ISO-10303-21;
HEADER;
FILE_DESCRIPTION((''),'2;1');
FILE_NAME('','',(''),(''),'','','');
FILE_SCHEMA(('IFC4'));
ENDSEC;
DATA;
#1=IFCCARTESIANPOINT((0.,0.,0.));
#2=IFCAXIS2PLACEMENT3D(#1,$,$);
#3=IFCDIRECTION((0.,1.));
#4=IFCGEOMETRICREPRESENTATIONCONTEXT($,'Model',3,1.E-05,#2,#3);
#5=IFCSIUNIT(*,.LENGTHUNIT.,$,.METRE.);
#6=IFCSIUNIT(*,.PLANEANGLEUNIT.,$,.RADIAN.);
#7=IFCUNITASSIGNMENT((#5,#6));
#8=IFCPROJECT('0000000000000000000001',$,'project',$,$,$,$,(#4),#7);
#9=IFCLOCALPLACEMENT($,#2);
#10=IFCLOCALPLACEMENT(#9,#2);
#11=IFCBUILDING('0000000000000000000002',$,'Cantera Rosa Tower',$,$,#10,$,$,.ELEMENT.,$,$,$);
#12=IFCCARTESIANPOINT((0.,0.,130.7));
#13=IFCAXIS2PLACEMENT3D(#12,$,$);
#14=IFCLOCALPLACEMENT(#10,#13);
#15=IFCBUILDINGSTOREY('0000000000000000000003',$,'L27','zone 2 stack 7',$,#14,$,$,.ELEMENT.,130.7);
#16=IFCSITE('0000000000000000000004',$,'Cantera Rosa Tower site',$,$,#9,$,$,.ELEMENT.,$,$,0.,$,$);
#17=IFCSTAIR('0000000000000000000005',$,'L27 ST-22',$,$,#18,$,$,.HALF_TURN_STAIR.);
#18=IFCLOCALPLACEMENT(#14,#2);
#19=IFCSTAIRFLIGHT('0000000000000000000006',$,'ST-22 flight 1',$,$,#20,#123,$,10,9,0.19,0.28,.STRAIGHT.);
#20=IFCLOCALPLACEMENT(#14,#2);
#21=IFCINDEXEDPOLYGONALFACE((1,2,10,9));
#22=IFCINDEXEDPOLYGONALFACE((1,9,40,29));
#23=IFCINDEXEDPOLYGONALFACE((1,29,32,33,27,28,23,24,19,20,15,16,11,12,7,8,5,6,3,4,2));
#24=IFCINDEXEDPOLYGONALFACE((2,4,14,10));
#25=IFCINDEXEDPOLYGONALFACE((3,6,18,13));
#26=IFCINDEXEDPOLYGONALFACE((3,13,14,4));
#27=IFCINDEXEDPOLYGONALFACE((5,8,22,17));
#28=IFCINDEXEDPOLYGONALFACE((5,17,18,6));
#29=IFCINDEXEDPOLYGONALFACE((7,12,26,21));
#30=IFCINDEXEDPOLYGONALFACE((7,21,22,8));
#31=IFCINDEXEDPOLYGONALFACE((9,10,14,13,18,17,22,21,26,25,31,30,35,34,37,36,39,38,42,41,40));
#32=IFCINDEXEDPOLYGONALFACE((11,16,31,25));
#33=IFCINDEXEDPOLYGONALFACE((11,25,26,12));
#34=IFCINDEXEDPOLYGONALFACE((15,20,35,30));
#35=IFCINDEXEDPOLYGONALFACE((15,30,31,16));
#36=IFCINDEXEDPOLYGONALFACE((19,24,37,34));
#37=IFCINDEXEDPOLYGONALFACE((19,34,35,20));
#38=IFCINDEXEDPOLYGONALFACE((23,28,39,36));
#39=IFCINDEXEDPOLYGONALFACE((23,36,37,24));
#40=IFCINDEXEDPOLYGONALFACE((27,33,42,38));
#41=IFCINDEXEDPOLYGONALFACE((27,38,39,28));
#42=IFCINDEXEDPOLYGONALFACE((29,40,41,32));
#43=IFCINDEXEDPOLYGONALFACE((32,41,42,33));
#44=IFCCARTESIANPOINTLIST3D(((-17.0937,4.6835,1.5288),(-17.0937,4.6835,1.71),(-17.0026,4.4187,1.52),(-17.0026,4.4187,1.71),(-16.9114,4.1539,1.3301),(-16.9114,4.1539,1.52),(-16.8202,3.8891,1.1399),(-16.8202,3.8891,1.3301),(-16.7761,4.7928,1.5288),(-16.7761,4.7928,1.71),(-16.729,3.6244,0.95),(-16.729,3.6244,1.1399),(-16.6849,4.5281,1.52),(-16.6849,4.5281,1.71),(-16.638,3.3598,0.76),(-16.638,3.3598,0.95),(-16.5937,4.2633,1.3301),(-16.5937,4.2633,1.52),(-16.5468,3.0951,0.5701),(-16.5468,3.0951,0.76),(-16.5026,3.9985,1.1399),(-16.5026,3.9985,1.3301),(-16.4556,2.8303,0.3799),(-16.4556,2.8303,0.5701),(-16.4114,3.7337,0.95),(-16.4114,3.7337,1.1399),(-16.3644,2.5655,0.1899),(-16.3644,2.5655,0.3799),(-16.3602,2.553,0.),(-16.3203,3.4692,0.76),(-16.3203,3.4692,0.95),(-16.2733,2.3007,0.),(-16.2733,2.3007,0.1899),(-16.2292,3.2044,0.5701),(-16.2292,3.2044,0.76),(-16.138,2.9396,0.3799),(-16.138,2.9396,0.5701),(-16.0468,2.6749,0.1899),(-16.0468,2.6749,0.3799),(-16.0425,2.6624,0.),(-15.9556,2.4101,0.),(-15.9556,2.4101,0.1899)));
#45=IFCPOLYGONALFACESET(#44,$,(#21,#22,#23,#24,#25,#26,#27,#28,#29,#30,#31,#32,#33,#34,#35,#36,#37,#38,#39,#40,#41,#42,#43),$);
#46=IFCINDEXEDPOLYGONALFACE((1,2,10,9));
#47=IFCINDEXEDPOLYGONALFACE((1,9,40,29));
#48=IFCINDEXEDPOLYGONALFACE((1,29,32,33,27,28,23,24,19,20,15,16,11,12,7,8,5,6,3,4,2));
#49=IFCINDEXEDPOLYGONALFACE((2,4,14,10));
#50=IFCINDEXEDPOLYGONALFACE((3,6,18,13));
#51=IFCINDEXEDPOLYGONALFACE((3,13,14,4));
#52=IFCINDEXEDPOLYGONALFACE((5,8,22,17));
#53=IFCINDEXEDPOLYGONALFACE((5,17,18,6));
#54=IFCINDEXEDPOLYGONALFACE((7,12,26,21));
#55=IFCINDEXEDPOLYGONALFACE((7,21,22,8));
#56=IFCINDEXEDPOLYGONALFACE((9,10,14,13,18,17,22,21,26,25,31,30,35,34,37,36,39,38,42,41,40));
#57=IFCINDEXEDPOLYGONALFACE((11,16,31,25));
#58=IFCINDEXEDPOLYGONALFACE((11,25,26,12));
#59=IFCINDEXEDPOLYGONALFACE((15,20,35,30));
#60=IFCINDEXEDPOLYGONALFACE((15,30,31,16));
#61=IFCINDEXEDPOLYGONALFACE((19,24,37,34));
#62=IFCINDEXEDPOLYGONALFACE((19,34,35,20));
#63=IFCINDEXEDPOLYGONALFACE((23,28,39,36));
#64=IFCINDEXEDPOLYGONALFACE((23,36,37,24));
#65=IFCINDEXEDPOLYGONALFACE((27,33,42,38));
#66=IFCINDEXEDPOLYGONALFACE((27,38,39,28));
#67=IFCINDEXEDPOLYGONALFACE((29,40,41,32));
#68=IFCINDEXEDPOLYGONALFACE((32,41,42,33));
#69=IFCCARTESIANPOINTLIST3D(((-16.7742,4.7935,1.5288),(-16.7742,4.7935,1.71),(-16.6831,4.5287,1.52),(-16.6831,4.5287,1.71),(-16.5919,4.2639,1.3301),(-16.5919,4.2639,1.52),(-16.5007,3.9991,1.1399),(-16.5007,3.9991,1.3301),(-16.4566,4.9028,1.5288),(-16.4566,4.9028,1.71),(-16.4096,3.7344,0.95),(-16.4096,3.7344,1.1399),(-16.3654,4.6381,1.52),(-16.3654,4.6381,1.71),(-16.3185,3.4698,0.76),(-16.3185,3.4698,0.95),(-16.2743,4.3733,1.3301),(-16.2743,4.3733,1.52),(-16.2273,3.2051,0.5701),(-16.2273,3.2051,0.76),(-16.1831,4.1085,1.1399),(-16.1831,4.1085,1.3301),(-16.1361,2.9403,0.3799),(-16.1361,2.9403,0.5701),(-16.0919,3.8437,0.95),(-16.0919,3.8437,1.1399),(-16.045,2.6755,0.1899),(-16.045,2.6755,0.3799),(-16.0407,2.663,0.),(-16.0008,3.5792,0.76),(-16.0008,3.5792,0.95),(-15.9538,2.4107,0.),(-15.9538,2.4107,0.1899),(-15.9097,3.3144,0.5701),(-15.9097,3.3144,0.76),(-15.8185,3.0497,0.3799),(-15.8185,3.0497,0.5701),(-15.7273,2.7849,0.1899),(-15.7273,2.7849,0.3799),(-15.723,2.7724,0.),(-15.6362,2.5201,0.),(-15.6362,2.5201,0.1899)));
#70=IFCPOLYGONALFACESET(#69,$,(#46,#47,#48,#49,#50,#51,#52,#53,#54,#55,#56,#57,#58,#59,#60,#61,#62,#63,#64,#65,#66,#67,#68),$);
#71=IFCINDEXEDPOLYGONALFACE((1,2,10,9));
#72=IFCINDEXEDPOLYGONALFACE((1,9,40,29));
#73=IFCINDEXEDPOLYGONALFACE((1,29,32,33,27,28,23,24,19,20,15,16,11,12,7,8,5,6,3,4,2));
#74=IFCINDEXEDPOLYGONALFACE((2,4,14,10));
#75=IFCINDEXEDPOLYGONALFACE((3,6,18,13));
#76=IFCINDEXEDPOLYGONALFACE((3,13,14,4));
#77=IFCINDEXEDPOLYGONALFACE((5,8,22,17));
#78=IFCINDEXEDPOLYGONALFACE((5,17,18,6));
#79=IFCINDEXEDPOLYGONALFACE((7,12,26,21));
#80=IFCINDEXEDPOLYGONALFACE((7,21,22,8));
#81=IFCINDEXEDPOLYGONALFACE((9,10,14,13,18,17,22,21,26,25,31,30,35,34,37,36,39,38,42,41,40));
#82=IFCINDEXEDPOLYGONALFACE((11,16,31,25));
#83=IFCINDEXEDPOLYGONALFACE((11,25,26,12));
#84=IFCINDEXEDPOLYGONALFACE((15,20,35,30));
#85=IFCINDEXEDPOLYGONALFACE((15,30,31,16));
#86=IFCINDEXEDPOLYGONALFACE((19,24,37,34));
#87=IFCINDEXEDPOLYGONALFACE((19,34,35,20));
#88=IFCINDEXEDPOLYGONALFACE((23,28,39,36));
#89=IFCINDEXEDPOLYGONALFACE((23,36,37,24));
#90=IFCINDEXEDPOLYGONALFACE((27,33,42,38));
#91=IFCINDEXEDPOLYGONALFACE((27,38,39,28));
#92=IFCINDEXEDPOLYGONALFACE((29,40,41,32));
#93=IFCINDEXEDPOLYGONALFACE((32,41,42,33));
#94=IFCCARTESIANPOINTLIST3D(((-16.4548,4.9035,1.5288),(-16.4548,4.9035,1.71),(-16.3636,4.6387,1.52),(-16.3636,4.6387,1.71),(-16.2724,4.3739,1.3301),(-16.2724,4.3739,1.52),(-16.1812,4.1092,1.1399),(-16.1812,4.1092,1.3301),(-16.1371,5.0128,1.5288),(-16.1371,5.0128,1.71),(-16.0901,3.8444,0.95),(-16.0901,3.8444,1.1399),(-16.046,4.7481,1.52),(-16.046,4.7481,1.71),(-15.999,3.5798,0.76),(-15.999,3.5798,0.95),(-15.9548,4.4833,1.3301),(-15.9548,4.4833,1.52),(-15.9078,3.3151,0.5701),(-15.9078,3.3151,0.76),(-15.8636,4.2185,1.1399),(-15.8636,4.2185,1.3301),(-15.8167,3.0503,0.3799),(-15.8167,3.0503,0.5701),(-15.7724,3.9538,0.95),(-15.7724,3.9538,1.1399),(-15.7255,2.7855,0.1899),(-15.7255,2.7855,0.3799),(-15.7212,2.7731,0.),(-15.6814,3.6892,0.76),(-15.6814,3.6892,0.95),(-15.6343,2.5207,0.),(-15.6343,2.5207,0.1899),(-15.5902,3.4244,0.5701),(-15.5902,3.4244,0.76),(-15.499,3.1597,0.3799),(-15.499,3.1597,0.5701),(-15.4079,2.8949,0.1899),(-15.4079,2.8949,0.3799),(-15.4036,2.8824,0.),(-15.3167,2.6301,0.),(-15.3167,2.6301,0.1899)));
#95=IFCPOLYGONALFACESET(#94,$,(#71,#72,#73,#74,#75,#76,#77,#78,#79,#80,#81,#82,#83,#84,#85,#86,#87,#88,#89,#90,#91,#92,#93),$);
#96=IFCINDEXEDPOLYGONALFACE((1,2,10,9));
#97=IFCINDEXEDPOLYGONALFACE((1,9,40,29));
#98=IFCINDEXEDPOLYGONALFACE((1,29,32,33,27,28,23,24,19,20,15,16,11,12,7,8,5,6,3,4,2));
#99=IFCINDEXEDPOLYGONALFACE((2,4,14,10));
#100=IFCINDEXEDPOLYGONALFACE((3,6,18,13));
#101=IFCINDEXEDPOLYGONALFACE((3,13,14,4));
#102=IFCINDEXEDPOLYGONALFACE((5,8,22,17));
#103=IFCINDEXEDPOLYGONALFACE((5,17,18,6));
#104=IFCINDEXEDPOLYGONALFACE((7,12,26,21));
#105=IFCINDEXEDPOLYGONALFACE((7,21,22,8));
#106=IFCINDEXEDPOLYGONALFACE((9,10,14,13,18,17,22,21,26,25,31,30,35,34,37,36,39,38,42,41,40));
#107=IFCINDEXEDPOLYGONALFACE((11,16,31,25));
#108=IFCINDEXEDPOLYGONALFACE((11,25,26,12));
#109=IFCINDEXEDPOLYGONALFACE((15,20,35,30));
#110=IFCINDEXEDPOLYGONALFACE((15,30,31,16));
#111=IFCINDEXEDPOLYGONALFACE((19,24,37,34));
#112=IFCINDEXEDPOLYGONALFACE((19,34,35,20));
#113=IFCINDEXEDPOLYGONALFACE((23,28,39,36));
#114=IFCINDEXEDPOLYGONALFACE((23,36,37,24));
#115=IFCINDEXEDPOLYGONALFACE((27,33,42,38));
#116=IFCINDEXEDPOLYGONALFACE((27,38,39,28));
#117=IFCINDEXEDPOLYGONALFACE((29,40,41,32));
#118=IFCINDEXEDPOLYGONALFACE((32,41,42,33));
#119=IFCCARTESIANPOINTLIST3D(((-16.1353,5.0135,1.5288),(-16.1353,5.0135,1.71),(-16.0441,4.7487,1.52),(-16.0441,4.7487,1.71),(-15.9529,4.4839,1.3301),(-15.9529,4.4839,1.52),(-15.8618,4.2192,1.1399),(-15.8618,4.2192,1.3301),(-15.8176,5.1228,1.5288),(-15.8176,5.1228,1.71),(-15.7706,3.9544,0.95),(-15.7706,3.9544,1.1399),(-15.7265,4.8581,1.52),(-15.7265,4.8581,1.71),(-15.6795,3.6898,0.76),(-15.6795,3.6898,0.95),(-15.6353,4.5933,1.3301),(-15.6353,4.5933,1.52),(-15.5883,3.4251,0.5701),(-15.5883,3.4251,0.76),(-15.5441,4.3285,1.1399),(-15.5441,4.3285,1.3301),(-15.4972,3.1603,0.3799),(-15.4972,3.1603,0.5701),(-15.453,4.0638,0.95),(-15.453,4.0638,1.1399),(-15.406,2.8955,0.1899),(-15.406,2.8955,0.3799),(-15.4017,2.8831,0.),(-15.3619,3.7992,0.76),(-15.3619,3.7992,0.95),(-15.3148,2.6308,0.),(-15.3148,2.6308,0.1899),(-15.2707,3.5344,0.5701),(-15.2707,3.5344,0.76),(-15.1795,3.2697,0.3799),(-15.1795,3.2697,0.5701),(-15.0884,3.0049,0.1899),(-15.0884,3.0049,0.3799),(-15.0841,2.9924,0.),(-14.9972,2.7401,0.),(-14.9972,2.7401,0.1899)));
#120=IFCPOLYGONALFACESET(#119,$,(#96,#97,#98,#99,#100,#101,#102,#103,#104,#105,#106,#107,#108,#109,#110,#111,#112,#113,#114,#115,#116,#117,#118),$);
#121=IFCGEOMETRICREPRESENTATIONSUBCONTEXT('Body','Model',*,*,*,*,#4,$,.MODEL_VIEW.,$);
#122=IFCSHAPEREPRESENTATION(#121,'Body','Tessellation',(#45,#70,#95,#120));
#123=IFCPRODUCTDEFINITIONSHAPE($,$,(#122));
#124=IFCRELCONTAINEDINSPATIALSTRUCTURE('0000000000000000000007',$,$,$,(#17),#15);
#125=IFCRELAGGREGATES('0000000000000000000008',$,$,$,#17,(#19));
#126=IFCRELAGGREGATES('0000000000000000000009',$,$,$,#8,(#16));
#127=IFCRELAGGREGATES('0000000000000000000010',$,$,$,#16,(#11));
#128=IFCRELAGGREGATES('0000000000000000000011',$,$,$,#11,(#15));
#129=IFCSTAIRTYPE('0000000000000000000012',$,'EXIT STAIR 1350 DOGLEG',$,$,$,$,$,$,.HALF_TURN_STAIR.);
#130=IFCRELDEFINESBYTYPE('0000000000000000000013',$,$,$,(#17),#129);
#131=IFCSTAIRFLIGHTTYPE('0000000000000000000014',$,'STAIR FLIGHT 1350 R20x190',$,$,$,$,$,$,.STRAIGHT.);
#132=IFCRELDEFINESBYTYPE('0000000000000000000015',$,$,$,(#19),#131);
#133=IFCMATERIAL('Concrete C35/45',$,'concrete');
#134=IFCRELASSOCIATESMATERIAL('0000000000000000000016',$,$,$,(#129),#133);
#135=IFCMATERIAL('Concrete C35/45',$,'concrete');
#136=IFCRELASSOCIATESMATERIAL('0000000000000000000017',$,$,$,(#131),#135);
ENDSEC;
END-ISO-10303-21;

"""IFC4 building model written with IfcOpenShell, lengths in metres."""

from ifc_helpers import new_model, si_unit, direction, frame, origin, place, context, subcontext, project, spatial, polyline, outline, extrude, material, type_object, element, aggregate, save


model = new_model("IFC4")

# Units and contexts
model_context = context("Model", 3, precision=1e-05, world=origin(), true_north=direction((0.0, 1.0)))
body_context = subcontext(model_context, "Body", "Model", "MODEL_VIEW")
ifc_project = project(units=[si_unit("LENGTHUNIT", "METRE"), si_unit("PLANEANGLEUNIT", "RADIAN")], contexts=[model_context])

# Site, building, storey
site_placement = place(None, origin())
site = spatial("IfcSite", under=ifc_project, at=site_placement, Name="Cantera Rosa Tower site", CompositionType="ELEMENT", RefElevation=0.0)
building_placement = place(site_placement, origin())
building = spatial("IfcBuilding", under=site, at=building_placement, Name="Cantera Rosa Tower", CompositionType="ELEMENT")
storey_placement = place(building_placement, frame((0.0, 0.0, 130.7)))
storey = spatial("IfcBuildingStorey", under=building, at=storey_placement, Name="L27", Description="zone 2 stack 7", CompositionType="ELEMENT", Elevation=130.7)

# Stair, stair flight
ifc_material_1 = material(Name="Concrete C35/45", Category="concrete")
stair_type = type_object("IfcStairType", Name="EXIT STAIR 1350 DOGLEG", PredefinedType="HALF_TURN_STAIR", material=ifc_material_1)
stair_placement = place(storey_placement, origin())
stair = element("IfcStair", 1, at=stair_placement, inside=storey, type_object=stair_type, Name="L27 ST-22", PredefinedType="HALF_TURN_STAIR")
ifc_material_2 = material(Name="Concrete C35/45", Category="concrete")
stair_flight_type = type_object("IfcStairFlightType", Name="STAIR FLIGHT 1350 R20x190", PredefinedType="STRAIGHT", material=ifc_material_2)
stair_flight_1_placement = place(storey_placement, frame((-15.635, 2.5205, 0.0), z_axis=(0.0, 0.0, 1.0), x_axis=(-0.325568, 0.945519, 0.0)))
stair_flight_1 = element("IfcStairFlight", 2, at=stair_flight_1_placement, type_object=stair_flight_type, Name="ST-22 flight 1", NumberOfRisers=10, NumberOfTreads=9, PredefinedType="STRAIGHT", RiserHeight=0.19, TreadLength=0.28, context=body_context, shape_type="SweptSolid", body=[
    extrude(outline(polyline([(0.0, 0.0), (0.0, 0.1899), (0.28, 0.1899), (0.28, 0.3799), (0.5601, 0.3799), (0.5601, 0.5701), (0.8401, 0.5701), (0.8401, 0.76), (1.1201, 0.76), (1.1201, 0.95), (1.3999, 0.95), (1.3999, 1.1399), (1.6799, 1.1399), (1.6799, 1.3301), (1.96, 1.3301), (1.96, 1.52), (2.24, 1.52), (2.24, 1.71), (2.52, 1.71), (2.52, 1.8999), (2.52, 1.5288), (0.2668, 0.0), (0.0, 0.0)])), frame((0.0, 0.675, 0.0), z_axis=(0.0, -1.0, 0.0), x_axis=(1.0, 0.0, 0.0)), (0.0, 0.0, 1.0), 0.3359),
    extrude(outline(polyline([(0.0, 0.0), (0.0, 0.1899), (0.28, 0.1899), (0.28, 0.3799), (0.5601, 0.3799), (0.5601, 0.5701), (0.8401, 0.5701), (0.8401, 0.76), (1.1201, 0.76), (1.1201, 0.95), (1.3999, 0.95), (1.3999, 1.1399), (1.6799, 1.1399), (1.6799, 1.3301), (1.96, 1.3301), (1.96, 1.52), (2.24, 1.52), (2.24, 1.71), (2.52, 1.71), (2.52, 1.8999), (2.52, 1.5288), (0.2668, 0.0), (0.0, 0.0)])), frame((0.0, 0.3372, 0.0), z_axis=(0.0, -1.0, 0.0), x_axis=(1.0, 0.0, 0.0)), (0.0, 0.0, 1.0), 0.3359),
    extrude(outline(polyline([(0.0, 0.0), (0.0, 0.1899), (0.28, 0.1899), (0.28, 0.3799), (0.5601, 0.3799), (0.5601, 0.5701), (0.8401, 0.5701), (0.8401, 0.76), (1.1201, 0.76), (1.1201, 0.95), (1.3999, 0.95), (1.3999, 1.1399), (1.6799, 1.1399), (1.6799, 1.3301), (1.96, 1.3301), (1.96, 1.52), (2.24, 1.52), (2.24, 1.71), (2.52, 1.71), (2.52, 1.8999), (2.52, 1.5288), (0.2668, 0.0), (0.0, 0.0)])), frame((0.0, -0.0007, 0.0), z_axis=(0.0, -1.0, 0.0), x_axis=(1.0, 0.0, 0.0)), (0.0, 0.0, 1.0), 0.3359),
    extrude(outline(polyline([(0.0, 0.0), (0.0, 0.1899), (0.28, 0.1899), (0.28, 0.3799), (0.5601, 0.3799), (0.5601, 0.5701), (0.8401, 0.5701), (0.8401, 0.76), (1.1201, 0.76), (1.1201, 0.95), (1.3999, 0.95), (1.3999, 1.1399), (1.6799, 1.1399), (1.6799, 1.3301), (1.96, 1.3301), (1.96, 1.52), (2.24, 1.52), (2.24, 1.71), (2.52, 1.71), (2.52, 1.8999), (2.52, 1.5288), (0.2668, 0.0), (0.0, 0.0)])), frame((0.0, -0.3386, 0.0), z_axis=(0.0, -1.0, 0.0), x_axis=(1.0, 0.0, 0.0)), (0.0, 0.0, 1.0), 0.3359),
])
aggregate(stair, [stair_flight_1])

save(model, "model.ifc")
